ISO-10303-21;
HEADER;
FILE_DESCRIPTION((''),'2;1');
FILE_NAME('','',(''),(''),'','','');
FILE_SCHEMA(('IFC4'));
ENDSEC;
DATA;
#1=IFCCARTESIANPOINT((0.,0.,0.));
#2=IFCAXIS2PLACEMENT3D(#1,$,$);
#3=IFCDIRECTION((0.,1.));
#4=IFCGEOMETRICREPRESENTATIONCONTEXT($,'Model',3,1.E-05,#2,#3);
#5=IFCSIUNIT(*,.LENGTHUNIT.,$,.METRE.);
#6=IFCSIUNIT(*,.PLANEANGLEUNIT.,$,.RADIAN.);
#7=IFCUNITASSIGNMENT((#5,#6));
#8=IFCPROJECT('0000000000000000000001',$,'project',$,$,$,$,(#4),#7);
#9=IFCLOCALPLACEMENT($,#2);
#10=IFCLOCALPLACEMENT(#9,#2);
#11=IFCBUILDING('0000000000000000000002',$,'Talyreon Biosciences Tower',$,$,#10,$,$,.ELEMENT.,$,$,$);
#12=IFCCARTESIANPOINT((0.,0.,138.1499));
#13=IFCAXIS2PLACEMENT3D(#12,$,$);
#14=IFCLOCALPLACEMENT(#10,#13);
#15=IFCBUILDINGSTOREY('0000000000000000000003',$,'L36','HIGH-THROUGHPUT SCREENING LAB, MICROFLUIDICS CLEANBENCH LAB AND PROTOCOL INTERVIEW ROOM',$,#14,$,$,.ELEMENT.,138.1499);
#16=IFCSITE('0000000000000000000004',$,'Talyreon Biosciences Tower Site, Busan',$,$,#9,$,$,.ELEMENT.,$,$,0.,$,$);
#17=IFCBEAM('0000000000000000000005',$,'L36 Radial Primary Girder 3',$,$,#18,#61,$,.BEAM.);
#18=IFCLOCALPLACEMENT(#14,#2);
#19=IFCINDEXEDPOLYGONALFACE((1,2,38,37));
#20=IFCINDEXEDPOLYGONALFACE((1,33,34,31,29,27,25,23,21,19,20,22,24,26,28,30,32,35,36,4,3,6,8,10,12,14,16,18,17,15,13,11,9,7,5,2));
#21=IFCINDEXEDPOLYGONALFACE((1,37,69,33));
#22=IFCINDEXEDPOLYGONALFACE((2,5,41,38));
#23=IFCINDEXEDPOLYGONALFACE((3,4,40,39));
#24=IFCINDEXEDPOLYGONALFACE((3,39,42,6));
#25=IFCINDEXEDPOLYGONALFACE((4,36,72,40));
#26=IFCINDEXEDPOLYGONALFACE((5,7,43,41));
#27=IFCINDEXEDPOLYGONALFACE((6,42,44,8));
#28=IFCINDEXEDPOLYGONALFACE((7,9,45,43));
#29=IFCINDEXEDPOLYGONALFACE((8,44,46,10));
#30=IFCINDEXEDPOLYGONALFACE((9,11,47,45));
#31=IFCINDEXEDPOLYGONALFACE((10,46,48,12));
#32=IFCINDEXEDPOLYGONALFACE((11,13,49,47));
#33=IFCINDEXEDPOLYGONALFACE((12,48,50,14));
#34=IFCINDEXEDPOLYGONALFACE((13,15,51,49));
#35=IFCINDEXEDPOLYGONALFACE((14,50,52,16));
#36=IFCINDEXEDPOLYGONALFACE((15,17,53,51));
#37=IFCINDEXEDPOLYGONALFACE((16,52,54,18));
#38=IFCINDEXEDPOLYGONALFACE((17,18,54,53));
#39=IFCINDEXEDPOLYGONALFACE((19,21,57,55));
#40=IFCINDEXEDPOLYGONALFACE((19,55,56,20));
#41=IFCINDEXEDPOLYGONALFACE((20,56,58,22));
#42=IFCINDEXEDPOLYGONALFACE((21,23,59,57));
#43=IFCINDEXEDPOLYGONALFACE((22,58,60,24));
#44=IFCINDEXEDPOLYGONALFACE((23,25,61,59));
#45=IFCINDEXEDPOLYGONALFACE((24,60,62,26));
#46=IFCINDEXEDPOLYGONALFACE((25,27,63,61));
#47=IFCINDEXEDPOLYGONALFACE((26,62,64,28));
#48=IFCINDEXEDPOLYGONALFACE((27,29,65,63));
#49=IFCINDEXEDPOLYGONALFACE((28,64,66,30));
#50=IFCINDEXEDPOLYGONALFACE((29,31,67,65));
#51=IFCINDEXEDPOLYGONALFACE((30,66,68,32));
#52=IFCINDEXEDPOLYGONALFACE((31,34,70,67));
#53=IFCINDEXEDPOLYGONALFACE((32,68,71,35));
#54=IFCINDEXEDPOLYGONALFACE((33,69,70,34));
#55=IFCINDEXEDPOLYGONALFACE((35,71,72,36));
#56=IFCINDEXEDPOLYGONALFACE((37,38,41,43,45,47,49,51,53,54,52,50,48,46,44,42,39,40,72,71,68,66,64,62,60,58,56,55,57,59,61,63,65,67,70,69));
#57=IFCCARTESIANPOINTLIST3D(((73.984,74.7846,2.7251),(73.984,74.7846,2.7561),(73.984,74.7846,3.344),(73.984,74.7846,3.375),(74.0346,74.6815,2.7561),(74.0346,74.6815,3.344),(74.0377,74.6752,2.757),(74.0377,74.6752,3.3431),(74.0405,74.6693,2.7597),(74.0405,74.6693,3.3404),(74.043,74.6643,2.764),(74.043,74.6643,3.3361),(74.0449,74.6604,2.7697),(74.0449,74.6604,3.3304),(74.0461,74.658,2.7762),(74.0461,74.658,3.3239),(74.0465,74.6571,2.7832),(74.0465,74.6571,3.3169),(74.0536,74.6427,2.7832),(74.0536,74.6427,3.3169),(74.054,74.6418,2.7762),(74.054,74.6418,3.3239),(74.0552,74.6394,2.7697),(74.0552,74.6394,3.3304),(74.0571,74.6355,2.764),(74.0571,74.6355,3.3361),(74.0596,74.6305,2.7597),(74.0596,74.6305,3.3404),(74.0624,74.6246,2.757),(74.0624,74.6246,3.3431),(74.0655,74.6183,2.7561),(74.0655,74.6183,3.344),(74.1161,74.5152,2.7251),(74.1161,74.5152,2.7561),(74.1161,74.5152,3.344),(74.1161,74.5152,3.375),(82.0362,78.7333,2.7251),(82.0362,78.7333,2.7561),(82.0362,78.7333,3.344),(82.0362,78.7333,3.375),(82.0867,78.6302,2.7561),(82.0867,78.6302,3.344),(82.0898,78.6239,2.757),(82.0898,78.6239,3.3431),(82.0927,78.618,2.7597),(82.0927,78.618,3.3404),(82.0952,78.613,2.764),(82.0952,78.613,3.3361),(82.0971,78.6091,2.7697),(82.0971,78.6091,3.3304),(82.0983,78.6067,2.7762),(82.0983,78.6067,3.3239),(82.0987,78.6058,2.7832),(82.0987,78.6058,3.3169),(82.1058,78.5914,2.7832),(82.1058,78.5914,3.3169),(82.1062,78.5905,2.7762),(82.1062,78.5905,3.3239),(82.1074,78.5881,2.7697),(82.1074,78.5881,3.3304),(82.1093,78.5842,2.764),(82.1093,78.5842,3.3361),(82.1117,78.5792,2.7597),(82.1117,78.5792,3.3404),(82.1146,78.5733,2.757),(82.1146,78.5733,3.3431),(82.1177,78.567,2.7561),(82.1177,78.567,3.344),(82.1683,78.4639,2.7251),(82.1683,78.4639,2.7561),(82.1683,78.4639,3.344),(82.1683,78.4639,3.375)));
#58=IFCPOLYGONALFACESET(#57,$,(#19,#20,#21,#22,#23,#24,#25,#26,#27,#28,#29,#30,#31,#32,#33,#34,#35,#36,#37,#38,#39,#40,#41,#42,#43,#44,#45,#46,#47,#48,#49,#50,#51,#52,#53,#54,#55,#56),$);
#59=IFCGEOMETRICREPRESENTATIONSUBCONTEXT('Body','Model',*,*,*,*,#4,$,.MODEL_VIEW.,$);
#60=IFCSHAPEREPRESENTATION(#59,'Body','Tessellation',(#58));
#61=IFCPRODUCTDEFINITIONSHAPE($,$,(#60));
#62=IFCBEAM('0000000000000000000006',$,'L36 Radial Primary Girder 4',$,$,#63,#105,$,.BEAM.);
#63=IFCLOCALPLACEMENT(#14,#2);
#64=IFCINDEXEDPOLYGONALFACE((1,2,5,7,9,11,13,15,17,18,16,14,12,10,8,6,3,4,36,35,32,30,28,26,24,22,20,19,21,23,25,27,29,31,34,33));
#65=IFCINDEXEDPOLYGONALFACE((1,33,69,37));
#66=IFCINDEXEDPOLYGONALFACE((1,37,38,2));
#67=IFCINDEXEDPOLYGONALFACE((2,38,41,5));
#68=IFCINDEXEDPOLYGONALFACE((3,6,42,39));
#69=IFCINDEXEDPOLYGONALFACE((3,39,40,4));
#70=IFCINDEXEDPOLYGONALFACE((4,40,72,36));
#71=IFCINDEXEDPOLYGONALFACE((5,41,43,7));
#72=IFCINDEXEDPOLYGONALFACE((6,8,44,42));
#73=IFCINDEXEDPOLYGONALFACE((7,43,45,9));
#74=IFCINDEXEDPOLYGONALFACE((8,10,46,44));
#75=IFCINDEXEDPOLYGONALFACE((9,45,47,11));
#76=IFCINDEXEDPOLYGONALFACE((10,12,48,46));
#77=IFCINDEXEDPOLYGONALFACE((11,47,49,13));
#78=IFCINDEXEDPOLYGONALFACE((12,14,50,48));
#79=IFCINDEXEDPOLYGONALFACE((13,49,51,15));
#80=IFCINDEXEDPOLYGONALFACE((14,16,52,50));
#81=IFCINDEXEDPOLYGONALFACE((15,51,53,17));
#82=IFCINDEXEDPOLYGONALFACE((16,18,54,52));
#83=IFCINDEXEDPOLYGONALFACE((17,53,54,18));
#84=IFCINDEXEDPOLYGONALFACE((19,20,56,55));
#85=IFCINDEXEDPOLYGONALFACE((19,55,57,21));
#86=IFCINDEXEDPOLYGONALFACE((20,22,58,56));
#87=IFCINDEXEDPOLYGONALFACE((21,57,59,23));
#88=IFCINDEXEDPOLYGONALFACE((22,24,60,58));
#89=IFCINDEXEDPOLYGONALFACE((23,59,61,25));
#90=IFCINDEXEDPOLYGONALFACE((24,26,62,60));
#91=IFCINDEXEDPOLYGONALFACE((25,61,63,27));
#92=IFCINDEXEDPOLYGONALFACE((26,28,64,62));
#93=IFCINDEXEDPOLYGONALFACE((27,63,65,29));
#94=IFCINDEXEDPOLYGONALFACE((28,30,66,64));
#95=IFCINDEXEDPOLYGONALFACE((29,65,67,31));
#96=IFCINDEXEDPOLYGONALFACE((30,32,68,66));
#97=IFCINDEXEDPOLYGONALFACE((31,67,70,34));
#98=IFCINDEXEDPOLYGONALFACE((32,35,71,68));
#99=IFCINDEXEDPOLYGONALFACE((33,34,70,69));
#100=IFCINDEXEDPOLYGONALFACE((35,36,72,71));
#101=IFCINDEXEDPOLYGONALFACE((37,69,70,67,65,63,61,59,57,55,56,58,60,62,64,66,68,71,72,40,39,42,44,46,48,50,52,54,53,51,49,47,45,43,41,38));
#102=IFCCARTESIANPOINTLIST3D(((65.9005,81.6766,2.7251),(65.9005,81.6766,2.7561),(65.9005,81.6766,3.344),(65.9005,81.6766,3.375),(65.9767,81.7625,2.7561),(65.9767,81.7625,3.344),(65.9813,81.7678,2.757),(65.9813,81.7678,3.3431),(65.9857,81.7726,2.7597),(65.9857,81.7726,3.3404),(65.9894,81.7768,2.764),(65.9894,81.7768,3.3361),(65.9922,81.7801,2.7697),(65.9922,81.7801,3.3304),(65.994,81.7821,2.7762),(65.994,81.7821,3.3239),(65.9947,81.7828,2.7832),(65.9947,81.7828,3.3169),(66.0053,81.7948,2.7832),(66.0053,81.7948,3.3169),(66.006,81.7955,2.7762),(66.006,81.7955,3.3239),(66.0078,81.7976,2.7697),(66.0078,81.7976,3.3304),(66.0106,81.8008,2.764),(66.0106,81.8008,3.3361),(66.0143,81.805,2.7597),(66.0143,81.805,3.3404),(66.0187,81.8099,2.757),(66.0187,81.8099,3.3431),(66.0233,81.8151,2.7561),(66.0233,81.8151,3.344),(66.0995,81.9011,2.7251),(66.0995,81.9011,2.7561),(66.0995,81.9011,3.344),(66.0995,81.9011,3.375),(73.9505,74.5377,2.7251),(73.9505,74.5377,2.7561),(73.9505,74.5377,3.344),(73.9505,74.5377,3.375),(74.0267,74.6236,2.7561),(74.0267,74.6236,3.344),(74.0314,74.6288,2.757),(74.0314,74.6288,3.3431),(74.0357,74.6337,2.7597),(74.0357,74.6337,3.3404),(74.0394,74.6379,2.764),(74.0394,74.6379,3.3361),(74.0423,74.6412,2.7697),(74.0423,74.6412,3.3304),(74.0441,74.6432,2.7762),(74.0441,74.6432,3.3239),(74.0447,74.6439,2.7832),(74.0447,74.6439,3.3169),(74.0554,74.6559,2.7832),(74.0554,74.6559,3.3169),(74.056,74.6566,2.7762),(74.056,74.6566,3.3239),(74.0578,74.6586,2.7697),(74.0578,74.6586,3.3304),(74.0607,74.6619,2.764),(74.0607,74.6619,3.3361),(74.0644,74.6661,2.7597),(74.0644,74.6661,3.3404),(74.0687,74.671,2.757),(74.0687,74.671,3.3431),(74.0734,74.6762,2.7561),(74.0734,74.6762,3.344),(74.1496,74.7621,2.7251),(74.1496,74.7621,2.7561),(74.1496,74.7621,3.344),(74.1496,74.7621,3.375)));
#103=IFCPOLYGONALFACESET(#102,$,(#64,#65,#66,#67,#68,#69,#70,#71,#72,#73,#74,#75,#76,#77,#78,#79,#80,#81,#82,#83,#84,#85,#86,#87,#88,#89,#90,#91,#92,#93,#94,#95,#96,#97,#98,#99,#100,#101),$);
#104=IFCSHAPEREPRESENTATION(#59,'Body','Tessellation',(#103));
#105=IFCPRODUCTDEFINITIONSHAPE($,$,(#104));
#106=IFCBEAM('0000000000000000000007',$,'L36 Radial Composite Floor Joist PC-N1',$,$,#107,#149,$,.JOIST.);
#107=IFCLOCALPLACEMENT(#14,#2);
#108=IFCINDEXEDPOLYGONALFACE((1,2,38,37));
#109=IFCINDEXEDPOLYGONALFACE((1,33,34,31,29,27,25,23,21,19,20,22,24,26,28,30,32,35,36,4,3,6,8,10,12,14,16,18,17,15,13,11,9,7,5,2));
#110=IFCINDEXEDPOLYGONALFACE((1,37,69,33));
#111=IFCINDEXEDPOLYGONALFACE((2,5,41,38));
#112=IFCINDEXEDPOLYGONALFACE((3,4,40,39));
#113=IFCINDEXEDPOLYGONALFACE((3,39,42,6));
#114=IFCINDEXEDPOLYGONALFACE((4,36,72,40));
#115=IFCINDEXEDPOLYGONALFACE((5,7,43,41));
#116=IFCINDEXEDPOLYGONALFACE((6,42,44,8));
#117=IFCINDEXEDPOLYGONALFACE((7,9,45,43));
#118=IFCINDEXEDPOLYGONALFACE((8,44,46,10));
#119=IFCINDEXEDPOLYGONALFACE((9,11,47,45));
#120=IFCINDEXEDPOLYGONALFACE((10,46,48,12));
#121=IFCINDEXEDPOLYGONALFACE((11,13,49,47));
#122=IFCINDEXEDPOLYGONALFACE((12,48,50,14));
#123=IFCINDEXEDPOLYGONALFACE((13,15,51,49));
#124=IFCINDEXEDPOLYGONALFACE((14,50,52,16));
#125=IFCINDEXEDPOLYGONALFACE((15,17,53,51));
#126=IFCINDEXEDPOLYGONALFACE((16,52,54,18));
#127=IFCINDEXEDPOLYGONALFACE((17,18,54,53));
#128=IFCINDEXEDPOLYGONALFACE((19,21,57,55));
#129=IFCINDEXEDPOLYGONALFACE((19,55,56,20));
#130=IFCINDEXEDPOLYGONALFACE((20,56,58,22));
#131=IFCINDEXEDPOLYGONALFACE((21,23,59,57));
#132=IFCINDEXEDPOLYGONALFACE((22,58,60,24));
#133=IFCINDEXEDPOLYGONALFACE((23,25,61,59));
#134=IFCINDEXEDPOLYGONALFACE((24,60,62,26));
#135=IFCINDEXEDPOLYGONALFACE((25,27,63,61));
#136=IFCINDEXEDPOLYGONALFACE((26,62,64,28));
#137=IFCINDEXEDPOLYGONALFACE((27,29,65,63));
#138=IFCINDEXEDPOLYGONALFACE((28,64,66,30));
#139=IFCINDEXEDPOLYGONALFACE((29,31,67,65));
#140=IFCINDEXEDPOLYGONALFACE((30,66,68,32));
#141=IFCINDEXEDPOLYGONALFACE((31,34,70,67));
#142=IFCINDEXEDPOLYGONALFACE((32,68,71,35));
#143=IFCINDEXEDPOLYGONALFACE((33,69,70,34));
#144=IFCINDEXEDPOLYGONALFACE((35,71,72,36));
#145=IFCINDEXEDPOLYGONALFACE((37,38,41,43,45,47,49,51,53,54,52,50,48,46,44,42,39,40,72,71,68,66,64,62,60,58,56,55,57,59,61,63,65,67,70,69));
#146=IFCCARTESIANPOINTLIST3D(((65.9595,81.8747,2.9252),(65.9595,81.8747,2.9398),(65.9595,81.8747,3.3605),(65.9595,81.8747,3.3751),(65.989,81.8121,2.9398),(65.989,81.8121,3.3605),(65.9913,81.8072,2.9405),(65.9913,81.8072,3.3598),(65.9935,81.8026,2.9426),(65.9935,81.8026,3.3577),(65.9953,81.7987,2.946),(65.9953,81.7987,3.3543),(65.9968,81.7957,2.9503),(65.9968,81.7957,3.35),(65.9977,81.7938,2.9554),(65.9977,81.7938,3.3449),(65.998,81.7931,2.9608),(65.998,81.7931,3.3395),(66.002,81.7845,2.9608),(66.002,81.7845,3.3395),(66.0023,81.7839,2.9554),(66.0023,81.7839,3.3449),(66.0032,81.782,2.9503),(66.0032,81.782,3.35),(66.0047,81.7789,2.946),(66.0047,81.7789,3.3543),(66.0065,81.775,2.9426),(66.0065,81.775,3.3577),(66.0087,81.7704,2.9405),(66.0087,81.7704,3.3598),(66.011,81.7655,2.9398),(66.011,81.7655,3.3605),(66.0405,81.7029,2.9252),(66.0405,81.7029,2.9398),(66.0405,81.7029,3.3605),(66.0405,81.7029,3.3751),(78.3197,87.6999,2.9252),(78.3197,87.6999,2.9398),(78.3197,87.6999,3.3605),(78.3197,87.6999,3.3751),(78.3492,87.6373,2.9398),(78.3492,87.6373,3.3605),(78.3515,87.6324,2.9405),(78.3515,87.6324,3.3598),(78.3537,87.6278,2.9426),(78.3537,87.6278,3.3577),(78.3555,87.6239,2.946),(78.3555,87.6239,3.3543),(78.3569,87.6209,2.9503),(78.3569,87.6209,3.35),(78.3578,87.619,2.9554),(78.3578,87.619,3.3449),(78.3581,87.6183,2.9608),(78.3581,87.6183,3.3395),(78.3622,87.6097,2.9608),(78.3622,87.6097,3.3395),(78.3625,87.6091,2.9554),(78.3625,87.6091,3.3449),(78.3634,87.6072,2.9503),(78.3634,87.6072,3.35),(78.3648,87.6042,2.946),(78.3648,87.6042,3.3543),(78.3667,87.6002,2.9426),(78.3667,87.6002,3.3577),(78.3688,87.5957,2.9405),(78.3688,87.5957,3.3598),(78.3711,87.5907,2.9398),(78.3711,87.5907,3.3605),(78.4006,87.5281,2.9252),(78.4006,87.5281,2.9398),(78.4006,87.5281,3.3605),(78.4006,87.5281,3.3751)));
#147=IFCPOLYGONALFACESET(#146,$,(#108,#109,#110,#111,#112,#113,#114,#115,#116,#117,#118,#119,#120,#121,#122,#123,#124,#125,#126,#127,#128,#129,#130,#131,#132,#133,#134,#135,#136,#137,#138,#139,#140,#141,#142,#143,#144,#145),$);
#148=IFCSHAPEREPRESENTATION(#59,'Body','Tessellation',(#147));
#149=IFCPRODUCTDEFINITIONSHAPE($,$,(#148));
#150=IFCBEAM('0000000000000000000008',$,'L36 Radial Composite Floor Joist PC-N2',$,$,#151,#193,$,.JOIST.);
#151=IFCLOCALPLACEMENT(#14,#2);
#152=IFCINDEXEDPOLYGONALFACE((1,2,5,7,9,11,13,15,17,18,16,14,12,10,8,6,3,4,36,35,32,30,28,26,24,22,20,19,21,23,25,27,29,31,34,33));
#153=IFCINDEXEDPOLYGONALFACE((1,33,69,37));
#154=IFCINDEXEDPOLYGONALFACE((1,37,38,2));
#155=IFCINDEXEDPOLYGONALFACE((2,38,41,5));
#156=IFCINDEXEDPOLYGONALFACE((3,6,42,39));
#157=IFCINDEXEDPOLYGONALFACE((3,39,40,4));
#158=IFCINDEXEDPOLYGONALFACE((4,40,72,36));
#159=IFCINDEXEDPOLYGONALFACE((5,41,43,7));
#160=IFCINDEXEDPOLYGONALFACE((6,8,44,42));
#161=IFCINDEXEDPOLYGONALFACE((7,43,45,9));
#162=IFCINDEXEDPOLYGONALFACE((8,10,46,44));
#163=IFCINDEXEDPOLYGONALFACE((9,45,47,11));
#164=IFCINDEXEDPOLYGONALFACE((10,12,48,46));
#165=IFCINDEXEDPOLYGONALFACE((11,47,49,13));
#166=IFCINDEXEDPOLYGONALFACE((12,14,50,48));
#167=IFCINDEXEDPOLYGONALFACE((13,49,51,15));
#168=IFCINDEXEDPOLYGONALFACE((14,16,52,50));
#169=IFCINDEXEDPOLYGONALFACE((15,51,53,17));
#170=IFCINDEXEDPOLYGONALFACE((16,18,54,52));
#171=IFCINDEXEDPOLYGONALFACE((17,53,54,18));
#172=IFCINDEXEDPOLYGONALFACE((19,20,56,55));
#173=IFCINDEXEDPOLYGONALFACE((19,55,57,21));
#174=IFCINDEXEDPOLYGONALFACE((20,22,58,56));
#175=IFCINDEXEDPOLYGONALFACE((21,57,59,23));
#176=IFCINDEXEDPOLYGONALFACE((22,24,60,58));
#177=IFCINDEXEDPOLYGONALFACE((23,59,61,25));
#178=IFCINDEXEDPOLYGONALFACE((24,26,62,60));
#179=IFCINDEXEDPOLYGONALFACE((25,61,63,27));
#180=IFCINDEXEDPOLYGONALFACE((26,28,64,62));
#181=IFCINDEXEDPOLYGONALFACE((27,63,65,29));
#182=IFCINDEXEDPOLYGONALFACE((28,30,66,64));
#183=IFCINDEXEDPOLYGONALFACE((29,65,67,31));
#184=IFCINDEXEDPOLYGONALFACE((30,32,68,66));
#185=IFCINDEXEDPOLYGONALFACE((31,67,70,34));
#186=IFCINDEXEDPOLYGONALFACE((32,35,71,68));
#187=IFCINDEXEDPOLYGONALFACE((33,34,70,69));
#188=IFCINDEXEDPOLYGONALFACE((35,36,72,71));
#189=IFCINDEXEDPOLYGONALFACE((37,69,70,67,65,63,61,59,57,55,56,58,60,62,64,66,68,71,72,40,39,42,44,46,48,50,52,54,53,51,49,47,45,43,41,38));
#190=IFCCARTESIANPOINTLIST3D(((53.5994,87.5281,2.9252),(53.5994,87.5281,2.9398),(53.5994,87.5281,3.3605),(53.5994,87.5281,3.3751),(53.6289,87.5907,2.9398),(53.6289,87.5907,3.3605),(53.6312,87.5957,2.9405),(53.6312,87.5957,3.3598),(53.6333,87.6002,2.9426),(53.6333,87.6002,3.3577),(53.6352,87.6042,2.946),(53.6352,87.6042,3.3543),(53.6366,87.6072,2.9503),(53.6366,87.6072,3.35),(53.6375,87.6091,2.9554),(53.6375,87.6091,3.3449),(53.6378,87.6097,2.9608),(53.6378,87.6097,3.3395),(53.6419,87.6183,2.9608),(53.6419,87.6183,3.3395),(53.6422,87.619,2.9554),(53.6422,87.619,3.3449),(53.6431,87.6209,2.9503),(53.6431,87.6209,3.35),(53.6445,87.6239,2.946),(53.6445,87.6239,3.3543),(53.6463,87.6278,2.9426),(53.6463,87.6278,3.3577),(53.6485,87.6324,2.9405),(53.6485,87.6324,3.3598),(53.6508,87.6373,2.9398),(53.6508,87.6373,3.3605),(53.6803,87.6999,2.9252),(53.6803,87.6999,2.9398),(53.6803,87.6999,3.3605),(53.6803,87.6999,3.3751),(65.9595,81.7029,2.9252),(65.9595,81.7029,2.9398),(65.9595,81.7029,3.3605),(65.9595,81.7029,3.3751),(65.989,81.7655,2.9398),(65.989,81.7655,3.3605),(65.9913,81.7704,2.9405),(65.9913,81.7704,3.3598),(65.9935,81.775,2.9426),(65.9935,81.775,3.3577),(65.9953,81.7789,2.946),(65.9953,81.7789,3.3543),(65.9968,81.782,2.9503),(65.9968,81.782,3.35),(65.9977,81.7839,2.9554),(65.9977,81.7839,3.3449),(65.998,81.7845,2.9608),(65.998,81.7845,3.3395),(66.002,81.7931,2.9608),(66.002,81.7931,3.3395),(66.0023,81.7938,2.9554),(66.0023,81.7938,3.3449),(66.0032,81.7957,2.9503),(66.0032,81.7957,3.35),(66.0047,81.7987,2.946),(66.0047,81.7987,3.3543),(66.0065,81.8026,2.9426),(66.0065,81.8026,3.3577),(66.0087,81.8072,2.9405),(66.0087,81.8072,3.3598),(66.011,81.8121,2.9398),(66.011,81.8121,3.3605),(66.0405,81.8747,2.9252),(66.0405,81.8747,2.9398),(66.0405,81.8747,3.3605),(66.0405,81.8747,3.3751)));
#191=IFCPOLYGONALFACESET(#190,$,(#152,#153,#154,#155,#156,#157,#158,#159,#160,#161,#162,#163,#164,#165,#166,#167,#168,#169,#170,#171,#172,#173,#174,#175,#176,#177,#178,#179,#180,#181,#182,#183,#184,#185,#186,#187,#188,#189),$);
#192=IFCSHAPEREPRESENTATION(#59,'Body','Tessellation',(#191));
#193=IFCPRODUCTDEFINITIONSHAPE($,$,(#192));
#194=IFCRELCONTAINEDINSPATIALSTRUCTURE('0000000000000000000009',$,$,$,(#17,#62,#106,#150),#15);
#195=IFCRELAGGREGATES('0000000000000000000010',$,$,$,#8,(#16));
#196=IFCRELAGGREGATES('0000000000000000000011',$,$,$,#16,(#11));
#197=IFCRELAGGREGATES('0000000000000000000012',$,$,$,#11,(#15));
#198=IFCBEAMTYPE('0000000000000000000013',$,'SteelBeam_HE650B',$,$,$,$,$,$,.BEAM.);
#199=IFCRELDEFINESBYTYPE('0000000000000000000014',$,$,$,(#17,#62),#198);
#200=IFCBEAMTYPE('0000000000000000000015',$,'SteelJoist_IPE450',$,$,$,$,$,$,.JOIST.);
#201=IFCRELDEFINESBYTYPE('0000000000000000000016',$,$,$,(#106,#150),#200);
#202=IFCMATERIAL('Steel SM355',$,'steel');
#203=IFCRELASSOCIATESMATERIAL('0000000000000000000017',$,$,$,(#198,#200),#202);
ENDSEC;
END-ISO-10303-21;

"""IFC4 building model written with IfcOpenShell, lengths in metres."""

from ifc_helpers import new_model, si_unit, direction, frame, origin, origin_2d, place, context, subcontext, project, spatial, i_section, extrude, material, material_profile, profile_set, type_object, element, save


model = new_model("IFC4")

# Units and contexts
model_context = context("Model", 3, precision=1e-05, world=origin(), true_north=direction((0.0, 1.0)))
body_context = subcontext(model_context, "Body", "Model", "MODEL_VIEW")
ifc_project = project(units=[si_unit("LENGTHUNIT", "METRE"), si_unit("PLANEANGLEUNIT", "RADIAN")], contexts=[model_context])

# Site, building, storey
site_placement = place(None, origin())
site = spatial("IfcSite", under=ifc_project, at=site_placement, Name="Talyreon Biosciences Tower Site, Busan", CompositionType="ELEMENT", RefElevation=0.0)
building_placement = place(site_placement, origin())
building = spatial("IfcBuilding", under=site, at=building_placement, Name="Talyreon Biosciences Tower", CompositionType="ELEMENT")
storey_placement = place(building_placement, frame((0.0, 0.0, 138.1499)))
storey = spatial("IfcBuildingStorey", under=building, at=storey_placement, Name="L36", Description="HIGH-THROUGHPUT SCREENING LAB, MICROFLUIDICS CLEANBENCH LAB AND PROTOCOL INTERVIEW ROOM", CompositionType="ELEMENT", Elevation=138.1499)

# Beams
ifc_material_1 = material(Name="Steel SM355", Category="steel")
ifc_material_profile_1 = material_profile(ifc_material_1, i_section(OverallWidth=0.3, OverallDepth=0.6499, WebThickness=0.0161, FlangeThickness=0.031, FilletRadius=0.0271, at=origin_2d()), Name="HE650B")
ifc_profile_set_1 = profile_set([ifc_material_profile_1], Name="Steel SM355")
beam_type_1 = type_object("IfcBeamType", Name="SteelBeam_HE650B", PredefinedType="BEAM", material=ifc_profile_set_1)
beam_1_placement = place(storey_placement, frame((74.05, 74.6499, 3.05), z_axis=(0.897852, 0.440297, 0.0), x_axis=(-0.440297, 0.897852, 0.0)))
element("IfcBeam", 1, at=beam_1_placement, inside=storey, type_object=beam_type_1, Name="L36 Radial Primary Girder 3", PredefinedType="BEAM", context=body_context, shape_type="SweptSolid", body=[
    extrude(i_section(OverallWidth=0.3, OverallDepth=0.6499, WebThickness=0.0161, FlangeThickness=0.031, FilletRadius=0.0271, at=origin_2d()), origin(), (0.0, 0.0, 1.0), 8.9683),
])
beam_2_placement = place(storey_placement, frame((74.05, 74.6499, 3.05), z_axis=(-0.748179, 0.663497, 0.0), x_axis=(-0.663497, -0.748179, 0.0)))
element("IfcBeam", 2, at=beam_2_placement, inside=storey, type_object=beam_type_1, Name="L36 Radial Primary Girder 4", PredefinedType="BEAM", context=body_context, shape_type="SweptSolid", body=[
    extrude(i_section(OverallWidth=0.3, OverallDepth=0.6499, WebThickness=0.0161, FlangeThickness=0.031, FilletRadius=0.0271, at=origin_2d()), origin(), (0.0, 0.0, 1.0), 10.7595),
])
ifc_material_profile_2 = material_profile(ifc_material_1, i_section(OverallWidth=0.1899, OverallDepth=0.45, WebThickness=0.0095, FlangeThickness=0.0146, FilletRadius=0.021, at=origin_2d()), Name="IPE450")
ifc_profile_set_2 = profile_set([ifc_material_profile_2], Name="Steel SM355")
beam_type_2 = type_object("IfcBeamType", Name="SteelJoist_IPE450", PredefinedType="JOIST", material=ifc_profile_set_2)
for number, where, z_axis, x_axis, name in (
    (3, (66.0, 81.7888, 3.1501), (0.904574, 0.426317, 0.0), (-0.426317, 0.904574, 0.0), "L36 Radial Composite Floor Joist PC-N1"),
    (4, (66.0, 81.7888, 3.1501), (-0.904574, 0.426317, 0.0), (-0.426317, -0.904574, 0.0), "L36 Radial Composite Floor Joist PC-N2"),
):
    element("IfcBeam", number, at=place(storey_placement, frame(where, z_axis=z_axis, x_axis=x_axis)), inside=storey, type_object=beam_type_2, Name=name, PredefinedType="JOIST", context=body_context, shape_type="SweptSolid", body=[
        extrude(i_section(OverallWidth=0.1899, OverallDepth=0.45, WebThickness=0.0095, FlangeThickness=0.0146, FilletRadius=0.021, at=origin_2d()), origin(), (0.0, 0.0, 1.0), 13.6641),
    ])

save(model, "model.ifc")
